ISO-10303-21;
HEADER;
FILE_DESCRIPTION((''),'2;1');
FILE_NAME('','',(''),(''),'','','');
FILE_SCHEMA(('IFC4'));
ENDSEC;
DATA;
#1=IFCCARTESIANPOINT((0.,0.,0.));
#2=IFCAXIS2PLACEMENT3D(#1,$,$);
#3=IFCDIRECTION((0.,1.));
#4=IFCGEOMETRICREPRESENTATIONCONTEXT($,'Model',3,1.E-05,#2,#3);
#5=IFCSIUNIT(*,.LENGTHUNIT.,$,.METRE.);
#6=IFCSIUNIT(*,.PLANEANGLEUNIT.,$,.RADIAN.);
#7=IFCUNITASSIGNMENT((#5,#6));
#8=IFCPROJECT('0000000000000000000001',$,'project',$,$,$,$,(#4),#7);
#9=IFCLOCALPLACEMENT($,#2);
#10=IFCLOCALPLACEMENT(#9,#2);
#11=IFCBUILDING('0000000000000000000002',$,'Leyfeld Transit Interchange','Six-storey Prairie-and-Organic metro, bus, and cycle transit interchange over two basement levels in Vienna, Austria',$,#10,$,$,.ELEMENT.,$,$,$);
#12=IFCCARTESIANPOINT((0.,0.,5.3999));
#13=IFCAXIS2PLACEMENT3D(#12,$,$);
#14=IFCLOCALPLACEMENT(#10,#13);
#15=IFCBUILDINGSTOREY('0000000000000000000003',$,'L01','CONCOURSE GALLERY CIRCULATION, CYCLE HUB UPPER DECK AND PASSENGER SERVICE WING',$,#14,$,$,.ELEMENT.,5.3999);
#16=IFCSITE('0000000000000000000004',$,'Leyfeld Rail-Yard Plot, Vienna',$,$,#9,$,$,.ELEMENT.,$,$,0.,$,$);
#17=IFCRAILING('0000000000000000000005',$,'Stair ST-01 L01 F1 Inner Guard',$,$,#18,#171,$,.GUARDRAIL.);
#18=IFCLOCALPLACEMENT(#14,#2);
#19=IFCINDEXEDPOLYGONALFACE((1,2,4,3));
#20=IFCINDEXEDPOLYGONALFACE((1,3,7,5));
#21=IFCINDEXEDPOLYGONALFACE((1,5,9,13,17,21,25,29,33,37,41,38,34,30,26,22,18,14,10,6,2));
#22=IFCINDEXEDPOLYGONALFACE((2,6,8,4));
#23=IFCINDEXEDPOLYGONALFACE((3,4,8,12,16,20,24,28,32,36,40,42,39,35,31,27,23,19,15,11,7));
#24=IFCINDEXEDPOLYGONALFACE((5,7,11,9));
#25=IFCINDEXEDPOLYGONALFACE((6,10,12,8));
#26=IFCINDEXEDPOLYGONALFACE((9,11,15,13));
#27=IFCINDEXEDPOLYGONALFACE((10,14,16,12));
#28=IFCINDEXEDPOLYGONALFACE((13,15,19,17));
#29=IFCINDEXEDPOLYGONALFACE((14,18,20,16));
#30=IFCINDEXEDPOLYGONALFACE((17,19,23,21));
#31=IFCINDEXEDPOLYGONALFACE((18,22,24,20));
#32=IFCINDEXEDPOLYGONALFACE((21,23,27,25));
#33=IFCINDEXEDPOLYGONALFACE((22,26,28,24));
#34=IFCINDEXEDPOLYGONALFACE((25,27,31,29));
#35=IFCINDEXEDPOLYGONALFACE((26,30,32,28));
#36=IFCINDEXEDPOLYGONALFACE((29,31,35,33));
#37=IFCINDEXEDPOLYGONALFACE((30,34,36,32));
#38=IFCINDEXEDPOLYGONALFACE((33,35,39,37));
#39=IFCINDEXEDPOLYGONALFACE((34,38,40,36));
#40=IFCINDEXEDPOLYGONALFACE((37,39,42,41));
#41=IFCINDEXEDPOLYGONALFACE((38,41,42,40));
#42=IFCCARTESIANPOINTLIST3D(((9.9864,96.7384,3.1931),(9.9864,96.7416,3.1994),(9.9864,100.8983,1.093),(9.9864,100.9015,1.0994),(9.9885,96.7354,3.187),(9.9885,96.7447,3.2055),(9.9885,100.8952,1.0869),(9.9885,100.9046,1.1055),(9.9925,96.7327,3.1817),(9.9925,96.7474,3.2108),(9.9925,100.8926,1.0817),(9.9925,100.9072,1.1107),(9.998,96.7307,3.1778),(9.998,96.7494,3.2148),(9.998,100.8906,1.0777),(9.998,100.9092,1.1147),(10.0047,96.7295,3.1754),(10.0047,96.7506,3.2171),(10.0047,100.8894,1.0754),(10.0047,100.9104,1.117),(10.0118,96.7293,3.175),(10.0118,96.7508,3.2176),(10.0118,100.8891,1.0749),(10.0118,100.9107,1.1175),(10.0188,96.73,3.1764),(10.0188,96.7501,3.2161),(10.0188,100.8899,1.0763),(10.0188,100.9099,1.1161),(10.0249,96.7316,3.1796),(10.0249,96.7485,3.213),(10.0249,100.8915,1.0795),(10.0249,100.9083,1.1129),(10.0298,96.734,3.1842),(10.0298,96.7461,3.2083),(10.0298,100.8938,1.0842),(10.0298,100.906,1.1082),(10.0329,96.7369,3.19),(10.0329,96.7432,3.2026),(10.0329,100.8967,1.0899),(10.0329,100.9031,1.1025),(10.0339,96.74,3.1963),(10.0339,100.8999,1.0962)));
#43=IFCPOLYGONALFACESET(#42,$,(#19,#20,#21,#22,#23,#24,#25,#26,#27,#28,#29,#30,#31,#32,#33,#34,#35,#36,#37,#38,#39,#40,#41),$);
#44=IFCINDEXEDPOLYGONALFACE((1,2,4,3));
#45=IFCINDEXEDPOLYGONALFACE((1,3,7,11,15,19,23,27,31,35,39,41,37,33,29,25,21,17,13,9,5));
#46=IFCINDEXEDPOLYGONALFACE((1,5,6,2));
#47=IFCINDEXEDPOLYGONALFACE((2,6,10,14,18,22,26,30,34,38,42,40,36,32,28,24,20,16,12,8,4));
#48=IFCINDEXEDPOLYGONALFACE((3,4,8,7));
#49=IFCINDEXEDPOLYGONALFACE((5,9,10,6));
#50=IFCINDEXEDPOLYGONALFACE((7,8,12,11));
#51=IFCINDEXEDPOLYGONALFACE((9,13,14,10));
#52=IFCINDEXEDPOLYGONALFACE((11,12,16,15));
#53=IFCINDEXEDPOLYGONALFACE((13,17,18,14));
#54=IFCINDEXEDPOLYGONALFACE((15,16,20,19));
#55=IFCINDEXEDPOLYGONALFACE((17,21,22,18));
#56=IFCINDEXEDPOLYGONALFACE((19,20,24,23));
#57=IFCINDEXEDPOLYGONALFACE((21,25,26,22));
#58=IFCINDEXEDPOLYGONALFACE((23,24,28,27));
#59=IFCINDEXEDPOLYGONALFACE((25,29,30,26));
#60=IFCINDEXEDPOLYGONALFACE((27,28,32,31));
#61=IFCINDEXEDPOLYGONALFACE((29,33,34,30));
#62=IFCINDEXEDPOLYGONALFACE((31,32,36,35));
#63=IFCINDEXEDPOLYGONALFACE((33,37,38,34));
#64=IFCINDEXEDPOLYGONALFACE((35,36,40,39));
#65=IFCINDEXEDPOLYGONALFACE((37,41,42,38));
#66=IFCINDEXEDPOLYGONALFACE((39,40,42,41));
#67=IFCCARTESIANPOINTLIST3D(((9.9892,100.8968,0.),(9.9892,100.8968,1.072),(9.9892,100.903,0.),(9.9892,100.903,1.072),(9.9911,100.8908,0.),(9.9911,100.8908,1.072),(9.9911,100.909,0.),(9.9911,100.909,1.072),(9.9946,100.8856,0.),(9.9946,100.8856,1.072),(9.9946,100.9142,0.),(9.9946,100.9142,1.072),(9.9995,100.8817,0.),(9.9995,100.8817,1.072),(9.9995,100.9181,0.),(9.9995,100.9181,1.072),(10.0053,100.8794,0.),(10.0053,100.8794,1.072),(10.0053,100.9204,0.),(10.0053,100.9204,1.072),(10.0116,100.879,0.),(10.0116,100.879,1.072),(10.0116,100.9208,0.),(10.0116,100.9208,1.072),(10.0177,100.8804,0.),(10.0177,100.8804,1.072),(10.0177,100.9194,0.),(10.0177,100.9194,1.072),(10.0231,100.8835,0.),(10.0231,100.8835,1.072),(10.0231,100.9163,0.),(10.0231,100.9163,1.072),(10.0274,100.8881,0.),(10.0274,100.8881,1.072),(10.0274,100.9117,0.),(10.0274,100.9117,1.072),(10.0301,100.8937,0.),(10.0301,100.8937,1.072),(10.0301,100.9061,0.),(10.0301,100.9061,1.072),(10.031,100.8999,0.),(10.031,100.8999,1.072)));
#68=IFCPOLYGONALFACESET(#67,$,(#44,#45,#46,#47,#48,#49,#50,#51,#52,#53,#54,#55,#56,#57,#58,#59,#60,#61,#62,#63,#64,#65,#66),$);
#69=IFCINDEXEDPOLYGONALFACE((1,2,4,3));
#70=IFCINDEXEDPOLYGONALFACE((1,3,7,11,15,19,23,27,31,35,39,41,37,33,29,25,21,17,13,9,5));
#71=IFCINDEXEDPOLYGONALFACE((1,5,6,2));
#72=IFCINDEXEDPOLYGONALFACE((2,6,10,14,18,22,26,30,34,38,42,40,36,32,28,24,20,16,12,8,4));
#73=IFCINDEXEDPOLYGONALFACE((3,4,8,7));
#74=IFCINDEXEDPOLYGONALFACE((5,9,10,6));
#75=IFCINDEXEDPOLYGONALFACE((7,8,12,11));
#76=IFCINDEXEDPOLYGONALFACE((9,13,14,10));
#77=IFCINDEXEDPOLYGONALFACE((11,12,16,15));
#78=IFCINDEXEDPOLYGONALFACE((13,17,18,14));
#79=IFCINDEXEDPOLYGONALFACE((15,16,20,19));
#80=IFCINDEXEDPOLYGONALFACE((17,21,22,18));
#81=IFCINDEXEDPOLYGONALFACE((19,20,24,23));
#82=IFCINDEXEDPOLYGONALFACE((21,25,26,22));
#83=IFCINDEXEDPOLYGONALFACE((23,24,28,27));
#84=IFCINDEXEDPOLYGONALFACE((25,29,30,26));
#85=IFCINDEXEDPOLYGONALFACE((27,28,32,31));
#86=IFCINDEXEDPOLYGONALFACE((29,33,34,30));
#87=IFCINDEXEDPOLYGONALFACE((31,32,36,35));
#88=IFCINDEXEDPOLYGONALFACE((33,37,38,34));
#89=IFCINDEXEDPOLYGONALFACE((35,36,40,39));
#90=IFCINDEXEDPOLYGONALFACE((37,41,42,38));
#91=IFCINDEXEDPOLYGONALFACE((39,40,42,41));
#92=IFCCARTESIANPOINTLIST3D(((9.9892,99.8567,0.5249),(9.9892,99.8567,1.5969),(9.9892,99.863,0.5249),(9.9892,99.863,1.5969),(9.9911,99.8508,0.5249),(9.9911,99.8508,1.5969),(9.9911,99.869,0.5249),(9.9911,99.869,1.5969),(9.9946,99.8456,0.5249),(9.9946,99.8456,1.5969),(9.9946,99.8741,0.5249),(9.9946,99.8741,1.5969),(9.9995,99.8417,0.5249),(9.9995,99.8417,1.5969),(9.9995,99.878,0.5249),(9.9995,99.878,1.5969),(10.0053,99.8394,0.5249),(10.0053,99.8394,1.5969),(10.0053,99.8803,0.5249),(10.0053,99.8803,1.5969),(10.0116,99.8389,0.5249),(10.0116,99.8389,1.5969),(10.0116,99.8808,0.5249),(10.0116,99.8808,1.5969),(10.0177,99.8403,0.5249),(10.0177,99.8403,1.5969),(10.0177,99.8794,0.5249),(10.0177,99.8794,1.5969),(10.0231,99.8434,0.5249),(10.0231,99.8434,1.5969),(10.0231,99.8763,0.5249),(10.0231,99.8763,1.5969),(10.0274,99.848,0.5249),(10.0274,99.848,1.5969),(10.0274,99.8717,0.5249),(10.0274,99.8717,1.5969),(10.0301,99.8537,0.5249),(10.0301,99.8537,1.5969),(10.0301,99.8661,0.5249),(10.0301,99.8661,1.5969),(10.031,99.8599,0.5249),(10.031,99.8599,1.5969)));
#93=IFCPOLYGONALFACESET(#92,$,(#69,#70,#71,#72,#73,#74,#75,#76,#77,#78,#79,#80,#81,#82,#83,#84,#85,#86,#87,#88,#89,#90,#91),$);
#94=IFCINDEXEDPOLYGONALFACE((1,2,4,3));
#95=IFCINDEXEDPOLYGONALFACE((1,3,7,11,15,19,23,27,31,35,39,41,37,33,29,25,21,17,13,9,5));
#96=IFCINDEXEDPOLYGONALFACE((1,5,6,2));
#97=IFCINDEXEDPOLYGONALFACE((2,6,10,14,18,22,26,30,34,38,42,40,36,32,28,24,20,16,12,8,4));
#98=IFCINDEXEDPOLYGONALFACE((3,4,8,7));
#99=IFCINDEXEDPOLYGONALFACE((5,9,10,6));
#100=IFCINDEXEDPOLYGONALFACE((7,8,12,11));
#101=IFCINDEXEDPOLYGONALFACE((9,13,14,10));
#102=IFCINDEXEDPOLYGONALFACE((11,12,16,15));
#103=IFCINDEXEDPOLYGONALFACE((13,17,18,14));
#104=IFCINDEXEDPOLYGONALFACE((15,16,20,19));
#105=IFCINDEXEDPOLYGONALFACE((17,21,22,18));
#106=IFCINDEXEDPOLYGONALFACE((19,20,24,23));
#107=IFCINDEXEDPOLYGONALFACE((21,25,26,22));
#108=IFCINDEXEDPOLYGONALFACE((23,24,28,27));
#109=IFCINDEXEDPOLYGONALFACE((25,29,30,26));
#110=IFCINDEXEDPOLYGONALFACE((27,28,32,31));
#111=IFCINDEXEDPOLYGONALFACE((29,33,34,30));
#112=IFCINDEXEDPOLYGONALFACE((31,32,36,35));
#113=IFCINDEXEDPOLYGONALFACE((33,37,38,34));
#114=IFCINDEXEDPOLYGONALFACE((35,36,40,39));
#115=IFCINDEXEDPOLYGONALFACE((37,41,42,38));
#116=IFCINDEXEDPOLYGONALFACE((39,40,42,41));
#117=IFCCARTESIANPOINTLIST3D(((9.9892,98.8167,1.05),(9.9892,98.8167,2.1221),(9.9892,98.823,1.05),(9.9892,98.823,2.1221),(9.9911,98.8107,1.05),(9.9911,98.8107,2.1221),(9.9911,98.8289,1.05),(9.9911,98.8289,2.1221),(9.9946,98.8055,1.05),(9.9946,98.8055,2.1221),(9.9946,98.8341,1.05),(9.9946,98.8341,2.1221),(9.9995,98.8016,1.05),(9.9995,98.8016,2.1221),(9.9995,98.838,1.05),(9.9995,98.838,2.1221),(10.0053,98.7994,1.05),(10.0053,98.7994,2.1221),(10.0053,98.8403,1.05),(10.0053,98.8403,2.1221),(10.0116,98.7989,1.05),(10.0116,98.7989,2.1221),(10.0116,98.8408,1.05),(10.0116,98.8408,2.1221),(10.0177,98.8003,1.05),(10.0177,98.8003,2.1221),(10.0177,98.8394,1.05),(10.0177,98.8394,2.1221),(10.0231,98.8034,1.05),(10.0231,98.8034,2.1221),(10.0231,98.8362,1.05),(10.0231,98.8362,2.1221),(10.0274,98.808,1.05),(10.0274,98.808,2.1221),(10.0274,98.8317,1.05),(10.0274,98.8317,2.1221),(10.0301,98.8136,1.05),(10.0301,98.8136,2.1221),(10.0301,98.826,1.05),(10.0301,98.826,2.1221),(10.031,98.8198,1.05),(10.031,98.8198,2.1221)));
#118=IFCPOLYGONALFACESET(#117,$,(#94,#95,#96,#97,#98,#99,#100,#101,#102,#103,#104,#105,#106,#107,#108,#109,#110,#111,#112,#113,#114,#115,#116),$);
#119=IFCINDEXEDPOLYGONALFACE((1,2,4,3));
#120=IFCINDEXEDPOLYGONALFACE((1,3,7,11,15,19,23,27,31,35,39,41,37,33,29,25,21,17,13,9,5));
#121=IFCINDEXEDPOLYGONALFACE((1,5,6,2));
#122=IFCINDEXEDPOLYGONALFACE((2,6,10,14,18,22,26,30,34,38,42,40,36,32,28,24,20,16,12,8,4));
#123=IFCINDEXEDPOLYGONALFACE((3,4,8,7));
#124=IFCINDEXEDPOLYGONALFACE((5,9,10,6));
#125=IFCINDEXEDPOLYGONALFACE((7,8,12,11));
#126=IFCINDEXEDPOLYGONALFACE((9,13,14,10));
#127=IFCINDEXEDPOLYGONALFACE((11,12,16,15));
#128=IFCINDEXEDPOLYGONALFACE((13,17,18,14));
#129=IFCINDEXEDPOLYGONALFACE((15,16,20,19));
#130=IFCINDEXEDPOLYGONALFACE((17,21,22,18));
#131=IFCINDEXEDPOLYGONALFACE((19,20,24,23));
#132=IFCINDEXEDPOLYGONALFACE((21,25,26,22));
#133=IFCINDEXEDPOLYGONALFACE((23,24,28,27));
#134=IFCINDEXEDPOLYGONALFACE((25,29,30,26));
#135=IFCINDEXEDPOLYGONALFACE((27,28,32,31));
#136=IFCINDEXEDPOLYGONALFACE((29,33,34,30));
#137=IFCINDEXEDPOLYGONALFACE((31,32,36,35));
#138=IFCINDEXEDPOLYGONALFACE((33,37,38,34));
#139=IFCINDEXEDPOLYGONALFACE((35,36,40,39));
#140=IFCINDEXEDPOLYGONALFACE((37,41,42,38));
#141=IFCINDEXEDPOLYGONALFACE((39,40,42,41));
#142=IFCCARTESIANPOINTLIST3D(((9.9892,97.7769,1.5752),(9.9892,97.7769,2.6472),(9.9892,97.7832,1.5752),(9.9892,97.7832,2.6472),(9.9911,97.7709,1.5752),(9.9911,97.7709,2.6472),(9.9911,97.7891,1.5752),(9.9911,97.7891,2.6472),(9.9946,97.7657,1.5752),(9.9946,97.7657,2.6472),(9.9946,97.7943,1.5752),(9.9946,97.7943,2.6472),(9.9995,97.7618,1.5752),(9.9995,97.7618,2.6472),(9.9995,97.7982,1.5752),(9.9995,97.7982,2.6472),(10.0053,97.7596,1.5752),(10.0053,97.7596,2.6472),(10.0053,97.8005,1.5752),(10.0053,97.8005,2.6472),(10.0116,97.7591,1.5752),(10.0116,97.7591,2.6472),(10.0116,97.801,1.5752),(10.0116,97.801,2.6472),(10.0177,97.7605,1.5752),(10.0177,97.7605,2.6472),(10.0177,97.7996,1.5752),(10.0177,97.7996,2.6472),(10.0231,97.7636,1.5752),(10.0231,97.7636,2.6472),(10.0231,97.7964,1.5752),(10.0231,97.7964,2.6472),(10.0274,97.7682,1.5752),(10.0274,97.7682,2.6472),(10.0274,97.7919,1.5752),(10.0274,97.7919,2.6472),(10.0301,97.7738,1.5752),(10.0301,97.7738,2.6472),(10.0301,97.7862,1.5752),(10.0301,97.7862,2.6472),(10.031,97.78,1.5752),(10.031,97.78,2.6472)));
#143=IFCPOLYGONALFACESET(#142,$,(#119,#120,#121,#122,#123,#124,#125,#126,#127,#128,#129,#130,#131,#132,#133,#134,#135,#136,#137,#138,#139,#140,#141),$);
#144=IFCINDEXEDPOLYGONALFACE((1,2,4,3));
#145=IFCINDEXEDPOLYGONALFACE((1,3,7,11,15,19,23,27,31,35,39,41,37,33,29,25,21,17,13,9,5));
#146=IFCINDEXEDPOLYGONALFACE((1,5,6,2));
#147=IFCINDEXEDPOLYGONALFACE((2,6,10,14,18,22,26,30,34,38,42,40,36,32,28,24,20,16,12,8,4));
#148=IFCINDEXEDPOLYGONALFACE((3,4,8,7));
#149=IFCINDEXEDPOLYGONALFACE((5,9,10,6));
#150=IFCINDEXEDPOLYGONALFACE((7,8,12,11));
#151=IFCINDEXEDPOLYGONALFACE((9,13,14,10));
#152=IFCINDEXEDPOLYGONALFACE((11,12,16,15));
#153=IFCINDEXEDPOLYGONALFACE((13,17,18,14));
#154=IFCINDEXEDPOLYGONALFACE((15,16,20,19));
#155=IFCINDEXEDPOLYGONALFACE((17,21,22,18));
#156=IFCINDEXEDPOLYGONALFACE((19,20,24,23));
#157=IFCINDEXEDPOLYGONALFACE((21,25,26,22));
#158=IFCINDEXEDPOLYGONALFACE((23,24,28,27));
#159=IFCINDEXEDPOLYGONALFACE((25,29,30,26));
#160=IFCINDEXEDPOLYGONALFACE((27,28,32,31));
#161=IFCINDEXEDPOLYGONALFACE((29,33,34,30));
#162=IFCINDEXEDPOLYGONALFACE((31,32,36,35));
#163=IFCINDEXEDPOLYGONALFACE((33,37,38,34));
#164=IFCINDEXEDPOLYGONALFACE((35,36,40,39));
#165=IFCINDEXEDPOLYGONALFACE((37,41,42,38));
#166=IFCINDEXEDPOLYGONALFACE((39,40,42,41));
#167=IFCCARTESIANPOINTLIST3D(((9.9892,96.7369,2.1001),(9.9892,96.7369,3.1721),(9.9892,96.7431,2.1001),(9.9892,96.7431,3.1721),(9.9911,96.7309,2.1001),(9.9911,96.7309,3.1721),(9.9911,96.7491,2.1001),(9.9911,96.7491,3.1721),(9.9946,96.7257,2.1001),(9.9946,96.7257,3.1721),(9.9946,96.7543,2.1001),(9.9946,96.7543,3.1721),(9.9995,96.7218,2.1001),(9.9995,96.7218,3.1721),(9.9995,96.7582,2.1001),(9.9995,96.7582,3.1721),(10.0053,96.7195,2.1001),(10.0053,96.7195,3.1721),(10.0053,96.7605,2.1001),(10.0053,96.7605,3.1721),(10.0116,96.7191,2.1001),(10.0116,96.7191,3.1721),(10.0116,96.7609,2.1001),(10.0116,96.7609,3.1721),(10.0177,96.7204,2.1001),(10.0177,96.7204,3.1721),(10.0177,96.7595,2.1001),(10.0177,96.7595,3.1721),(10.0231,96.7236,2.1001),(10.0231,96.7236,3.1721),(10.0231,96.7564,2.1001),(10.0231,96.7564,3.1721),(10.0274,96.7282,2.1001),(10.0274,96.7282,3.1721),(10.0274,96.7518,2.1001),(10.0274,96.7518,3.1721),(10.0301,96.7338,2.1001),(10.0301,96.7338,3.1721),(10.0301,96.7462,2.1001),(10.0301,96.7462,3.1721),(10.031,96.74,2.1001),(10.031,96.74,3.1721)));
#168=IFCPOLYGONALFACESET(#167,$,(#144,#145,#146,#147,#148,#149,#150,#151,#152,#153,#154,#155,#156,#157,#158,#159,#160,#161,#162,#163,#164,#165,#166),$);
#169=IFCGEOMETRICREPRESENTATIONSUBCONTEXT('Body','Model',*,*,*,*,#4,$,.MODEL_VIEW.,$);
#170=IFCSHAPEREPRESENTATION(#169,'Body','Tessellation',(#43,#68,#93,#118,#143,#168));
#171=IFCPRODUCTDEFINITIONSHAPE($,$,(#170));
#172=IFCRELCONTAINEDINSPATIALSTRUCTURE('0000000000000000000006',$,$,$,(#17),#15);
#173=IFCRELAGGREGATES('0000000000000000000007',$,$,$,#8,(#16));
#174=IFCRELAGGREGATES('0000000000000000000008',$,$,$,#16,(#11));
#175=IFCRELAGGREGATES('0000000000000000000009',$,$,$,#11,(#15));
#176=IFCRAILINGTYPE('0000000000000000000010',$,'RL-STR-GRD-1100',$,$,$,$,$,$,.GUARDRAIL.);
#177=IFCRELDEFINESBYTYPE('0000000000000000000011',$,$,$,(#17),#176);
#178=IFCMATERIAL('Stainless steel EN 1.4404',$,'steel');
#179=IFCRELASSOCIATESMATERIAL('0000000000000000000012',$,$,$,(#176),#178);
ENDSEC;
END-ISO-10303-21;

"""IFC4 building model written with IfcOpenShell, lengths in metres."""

from ifc_helpers import new_model, si_unit, direction, frame, origin, origin_2d, place, context, subcontext, project, spatial, circle, extrude, material, type_object, element, save


model = new_model("IFC4")

# Units and contexts
model_context = context("Model", 3, precision=1e-05, world=origin(), true_north=direction((0.0, 1.0)))
body_context = subcontext(model_context, "Body", "Model", "MODEL_VIEW")
ifc_project = project(units=[si_unit("LENGTHUNIT", "METRE"), si_unit("PLANEANGLEUNIT", "RADIAN")], contexts=[model_context])

# Site, building, storey
site_placement = place(None, origin())
site = spatial("IfcSite", under=ifc_project, at=site_placement, Name="Leyfeld Rail-Yard Plot, Vienna", CompositionType="ELEMENT", RefElevation=0.0)
building_placement = place(site_placement, origin())
building = spatial("IfcBuilding", under=site, at=building_placement, Name="Leyfeld Transit Interchange", Description="Six-storey Prairie-and-Organic metro, bus, and cycle transit interchange over two basement levels in Vienna, Austria", CompositionType="ELEMENT")
storey_placement = place(building_placement, frame((0.0, 0.0, 5.3999)))
storey = spatial("IfcBuildingStorey", under=building, at=storey_placement, Name="L01", Description="CONCOURSE GALLERY CIRCULATION, CYCLE HUB UPPER DECK AND PASSENGER SERVICE WING", CompositionType="ELEMENT", Elevation=5.3999)

# Railing
ifc_material_1 = material(Name="Stainless steel EN 1.4404", Category="steel")
railing_type_1 = type_object("IfcRailingType", Name="RL-STR-GRD-1100", PredefinedType="GUARDRAIL", material=ifc_material_1)
for number, where, name in (
    (1, (10.01, 100.8999, 0.0), "Stair ST-01 L01 F1 Inner Guard"),
):
    element("IfcRailing", number, at=place(storey_placement, frame(where)), inside=storey, type_object=railing_type_1, Name=name, PredefinedType="GUARDRAIL", context=body_context, shape_type="SweptSolid", body=[
        extrude(circle(Radius=0.0239, at=origin_2d()), frame((0.0, 0.0, 1.0962), z_axis=(0.0, -0.892692, 0.450668), x_axis=(1.0, 0.0, 0.0)), (0.0, 0.0, 1.0), 4.6599),
        extrude(circle(Radius=0.021, at=origin_2d()), origin(), (0.0, 0.0, 1.0), 1.072),
        extrude(circle(Radius=0.021, at=origin_2d()), frame((0.0, -1.04, 0.5249)), (0.0, 0.0, 1.0), 1.072),
        extrude(circle(Radius=0.021, at=origin_2d()), frame((0.0, -2.0801, 1.05)), (0.0, 0.0, 1.0), 1.072),
        extrude(circle(Radius=0.021, at=origin_2d()), frame((0.0, -3.1199, 1.5752)), (0.0, 0.0, 1.0), 1.072),
        extrude(circle(Radius=0.021, at=origin_2d()), frame((0.0, -4.1599, 2.1001)), (0.0, 0.0, 1.0), 1.072),
    ])

save(model, "model.ifc")
